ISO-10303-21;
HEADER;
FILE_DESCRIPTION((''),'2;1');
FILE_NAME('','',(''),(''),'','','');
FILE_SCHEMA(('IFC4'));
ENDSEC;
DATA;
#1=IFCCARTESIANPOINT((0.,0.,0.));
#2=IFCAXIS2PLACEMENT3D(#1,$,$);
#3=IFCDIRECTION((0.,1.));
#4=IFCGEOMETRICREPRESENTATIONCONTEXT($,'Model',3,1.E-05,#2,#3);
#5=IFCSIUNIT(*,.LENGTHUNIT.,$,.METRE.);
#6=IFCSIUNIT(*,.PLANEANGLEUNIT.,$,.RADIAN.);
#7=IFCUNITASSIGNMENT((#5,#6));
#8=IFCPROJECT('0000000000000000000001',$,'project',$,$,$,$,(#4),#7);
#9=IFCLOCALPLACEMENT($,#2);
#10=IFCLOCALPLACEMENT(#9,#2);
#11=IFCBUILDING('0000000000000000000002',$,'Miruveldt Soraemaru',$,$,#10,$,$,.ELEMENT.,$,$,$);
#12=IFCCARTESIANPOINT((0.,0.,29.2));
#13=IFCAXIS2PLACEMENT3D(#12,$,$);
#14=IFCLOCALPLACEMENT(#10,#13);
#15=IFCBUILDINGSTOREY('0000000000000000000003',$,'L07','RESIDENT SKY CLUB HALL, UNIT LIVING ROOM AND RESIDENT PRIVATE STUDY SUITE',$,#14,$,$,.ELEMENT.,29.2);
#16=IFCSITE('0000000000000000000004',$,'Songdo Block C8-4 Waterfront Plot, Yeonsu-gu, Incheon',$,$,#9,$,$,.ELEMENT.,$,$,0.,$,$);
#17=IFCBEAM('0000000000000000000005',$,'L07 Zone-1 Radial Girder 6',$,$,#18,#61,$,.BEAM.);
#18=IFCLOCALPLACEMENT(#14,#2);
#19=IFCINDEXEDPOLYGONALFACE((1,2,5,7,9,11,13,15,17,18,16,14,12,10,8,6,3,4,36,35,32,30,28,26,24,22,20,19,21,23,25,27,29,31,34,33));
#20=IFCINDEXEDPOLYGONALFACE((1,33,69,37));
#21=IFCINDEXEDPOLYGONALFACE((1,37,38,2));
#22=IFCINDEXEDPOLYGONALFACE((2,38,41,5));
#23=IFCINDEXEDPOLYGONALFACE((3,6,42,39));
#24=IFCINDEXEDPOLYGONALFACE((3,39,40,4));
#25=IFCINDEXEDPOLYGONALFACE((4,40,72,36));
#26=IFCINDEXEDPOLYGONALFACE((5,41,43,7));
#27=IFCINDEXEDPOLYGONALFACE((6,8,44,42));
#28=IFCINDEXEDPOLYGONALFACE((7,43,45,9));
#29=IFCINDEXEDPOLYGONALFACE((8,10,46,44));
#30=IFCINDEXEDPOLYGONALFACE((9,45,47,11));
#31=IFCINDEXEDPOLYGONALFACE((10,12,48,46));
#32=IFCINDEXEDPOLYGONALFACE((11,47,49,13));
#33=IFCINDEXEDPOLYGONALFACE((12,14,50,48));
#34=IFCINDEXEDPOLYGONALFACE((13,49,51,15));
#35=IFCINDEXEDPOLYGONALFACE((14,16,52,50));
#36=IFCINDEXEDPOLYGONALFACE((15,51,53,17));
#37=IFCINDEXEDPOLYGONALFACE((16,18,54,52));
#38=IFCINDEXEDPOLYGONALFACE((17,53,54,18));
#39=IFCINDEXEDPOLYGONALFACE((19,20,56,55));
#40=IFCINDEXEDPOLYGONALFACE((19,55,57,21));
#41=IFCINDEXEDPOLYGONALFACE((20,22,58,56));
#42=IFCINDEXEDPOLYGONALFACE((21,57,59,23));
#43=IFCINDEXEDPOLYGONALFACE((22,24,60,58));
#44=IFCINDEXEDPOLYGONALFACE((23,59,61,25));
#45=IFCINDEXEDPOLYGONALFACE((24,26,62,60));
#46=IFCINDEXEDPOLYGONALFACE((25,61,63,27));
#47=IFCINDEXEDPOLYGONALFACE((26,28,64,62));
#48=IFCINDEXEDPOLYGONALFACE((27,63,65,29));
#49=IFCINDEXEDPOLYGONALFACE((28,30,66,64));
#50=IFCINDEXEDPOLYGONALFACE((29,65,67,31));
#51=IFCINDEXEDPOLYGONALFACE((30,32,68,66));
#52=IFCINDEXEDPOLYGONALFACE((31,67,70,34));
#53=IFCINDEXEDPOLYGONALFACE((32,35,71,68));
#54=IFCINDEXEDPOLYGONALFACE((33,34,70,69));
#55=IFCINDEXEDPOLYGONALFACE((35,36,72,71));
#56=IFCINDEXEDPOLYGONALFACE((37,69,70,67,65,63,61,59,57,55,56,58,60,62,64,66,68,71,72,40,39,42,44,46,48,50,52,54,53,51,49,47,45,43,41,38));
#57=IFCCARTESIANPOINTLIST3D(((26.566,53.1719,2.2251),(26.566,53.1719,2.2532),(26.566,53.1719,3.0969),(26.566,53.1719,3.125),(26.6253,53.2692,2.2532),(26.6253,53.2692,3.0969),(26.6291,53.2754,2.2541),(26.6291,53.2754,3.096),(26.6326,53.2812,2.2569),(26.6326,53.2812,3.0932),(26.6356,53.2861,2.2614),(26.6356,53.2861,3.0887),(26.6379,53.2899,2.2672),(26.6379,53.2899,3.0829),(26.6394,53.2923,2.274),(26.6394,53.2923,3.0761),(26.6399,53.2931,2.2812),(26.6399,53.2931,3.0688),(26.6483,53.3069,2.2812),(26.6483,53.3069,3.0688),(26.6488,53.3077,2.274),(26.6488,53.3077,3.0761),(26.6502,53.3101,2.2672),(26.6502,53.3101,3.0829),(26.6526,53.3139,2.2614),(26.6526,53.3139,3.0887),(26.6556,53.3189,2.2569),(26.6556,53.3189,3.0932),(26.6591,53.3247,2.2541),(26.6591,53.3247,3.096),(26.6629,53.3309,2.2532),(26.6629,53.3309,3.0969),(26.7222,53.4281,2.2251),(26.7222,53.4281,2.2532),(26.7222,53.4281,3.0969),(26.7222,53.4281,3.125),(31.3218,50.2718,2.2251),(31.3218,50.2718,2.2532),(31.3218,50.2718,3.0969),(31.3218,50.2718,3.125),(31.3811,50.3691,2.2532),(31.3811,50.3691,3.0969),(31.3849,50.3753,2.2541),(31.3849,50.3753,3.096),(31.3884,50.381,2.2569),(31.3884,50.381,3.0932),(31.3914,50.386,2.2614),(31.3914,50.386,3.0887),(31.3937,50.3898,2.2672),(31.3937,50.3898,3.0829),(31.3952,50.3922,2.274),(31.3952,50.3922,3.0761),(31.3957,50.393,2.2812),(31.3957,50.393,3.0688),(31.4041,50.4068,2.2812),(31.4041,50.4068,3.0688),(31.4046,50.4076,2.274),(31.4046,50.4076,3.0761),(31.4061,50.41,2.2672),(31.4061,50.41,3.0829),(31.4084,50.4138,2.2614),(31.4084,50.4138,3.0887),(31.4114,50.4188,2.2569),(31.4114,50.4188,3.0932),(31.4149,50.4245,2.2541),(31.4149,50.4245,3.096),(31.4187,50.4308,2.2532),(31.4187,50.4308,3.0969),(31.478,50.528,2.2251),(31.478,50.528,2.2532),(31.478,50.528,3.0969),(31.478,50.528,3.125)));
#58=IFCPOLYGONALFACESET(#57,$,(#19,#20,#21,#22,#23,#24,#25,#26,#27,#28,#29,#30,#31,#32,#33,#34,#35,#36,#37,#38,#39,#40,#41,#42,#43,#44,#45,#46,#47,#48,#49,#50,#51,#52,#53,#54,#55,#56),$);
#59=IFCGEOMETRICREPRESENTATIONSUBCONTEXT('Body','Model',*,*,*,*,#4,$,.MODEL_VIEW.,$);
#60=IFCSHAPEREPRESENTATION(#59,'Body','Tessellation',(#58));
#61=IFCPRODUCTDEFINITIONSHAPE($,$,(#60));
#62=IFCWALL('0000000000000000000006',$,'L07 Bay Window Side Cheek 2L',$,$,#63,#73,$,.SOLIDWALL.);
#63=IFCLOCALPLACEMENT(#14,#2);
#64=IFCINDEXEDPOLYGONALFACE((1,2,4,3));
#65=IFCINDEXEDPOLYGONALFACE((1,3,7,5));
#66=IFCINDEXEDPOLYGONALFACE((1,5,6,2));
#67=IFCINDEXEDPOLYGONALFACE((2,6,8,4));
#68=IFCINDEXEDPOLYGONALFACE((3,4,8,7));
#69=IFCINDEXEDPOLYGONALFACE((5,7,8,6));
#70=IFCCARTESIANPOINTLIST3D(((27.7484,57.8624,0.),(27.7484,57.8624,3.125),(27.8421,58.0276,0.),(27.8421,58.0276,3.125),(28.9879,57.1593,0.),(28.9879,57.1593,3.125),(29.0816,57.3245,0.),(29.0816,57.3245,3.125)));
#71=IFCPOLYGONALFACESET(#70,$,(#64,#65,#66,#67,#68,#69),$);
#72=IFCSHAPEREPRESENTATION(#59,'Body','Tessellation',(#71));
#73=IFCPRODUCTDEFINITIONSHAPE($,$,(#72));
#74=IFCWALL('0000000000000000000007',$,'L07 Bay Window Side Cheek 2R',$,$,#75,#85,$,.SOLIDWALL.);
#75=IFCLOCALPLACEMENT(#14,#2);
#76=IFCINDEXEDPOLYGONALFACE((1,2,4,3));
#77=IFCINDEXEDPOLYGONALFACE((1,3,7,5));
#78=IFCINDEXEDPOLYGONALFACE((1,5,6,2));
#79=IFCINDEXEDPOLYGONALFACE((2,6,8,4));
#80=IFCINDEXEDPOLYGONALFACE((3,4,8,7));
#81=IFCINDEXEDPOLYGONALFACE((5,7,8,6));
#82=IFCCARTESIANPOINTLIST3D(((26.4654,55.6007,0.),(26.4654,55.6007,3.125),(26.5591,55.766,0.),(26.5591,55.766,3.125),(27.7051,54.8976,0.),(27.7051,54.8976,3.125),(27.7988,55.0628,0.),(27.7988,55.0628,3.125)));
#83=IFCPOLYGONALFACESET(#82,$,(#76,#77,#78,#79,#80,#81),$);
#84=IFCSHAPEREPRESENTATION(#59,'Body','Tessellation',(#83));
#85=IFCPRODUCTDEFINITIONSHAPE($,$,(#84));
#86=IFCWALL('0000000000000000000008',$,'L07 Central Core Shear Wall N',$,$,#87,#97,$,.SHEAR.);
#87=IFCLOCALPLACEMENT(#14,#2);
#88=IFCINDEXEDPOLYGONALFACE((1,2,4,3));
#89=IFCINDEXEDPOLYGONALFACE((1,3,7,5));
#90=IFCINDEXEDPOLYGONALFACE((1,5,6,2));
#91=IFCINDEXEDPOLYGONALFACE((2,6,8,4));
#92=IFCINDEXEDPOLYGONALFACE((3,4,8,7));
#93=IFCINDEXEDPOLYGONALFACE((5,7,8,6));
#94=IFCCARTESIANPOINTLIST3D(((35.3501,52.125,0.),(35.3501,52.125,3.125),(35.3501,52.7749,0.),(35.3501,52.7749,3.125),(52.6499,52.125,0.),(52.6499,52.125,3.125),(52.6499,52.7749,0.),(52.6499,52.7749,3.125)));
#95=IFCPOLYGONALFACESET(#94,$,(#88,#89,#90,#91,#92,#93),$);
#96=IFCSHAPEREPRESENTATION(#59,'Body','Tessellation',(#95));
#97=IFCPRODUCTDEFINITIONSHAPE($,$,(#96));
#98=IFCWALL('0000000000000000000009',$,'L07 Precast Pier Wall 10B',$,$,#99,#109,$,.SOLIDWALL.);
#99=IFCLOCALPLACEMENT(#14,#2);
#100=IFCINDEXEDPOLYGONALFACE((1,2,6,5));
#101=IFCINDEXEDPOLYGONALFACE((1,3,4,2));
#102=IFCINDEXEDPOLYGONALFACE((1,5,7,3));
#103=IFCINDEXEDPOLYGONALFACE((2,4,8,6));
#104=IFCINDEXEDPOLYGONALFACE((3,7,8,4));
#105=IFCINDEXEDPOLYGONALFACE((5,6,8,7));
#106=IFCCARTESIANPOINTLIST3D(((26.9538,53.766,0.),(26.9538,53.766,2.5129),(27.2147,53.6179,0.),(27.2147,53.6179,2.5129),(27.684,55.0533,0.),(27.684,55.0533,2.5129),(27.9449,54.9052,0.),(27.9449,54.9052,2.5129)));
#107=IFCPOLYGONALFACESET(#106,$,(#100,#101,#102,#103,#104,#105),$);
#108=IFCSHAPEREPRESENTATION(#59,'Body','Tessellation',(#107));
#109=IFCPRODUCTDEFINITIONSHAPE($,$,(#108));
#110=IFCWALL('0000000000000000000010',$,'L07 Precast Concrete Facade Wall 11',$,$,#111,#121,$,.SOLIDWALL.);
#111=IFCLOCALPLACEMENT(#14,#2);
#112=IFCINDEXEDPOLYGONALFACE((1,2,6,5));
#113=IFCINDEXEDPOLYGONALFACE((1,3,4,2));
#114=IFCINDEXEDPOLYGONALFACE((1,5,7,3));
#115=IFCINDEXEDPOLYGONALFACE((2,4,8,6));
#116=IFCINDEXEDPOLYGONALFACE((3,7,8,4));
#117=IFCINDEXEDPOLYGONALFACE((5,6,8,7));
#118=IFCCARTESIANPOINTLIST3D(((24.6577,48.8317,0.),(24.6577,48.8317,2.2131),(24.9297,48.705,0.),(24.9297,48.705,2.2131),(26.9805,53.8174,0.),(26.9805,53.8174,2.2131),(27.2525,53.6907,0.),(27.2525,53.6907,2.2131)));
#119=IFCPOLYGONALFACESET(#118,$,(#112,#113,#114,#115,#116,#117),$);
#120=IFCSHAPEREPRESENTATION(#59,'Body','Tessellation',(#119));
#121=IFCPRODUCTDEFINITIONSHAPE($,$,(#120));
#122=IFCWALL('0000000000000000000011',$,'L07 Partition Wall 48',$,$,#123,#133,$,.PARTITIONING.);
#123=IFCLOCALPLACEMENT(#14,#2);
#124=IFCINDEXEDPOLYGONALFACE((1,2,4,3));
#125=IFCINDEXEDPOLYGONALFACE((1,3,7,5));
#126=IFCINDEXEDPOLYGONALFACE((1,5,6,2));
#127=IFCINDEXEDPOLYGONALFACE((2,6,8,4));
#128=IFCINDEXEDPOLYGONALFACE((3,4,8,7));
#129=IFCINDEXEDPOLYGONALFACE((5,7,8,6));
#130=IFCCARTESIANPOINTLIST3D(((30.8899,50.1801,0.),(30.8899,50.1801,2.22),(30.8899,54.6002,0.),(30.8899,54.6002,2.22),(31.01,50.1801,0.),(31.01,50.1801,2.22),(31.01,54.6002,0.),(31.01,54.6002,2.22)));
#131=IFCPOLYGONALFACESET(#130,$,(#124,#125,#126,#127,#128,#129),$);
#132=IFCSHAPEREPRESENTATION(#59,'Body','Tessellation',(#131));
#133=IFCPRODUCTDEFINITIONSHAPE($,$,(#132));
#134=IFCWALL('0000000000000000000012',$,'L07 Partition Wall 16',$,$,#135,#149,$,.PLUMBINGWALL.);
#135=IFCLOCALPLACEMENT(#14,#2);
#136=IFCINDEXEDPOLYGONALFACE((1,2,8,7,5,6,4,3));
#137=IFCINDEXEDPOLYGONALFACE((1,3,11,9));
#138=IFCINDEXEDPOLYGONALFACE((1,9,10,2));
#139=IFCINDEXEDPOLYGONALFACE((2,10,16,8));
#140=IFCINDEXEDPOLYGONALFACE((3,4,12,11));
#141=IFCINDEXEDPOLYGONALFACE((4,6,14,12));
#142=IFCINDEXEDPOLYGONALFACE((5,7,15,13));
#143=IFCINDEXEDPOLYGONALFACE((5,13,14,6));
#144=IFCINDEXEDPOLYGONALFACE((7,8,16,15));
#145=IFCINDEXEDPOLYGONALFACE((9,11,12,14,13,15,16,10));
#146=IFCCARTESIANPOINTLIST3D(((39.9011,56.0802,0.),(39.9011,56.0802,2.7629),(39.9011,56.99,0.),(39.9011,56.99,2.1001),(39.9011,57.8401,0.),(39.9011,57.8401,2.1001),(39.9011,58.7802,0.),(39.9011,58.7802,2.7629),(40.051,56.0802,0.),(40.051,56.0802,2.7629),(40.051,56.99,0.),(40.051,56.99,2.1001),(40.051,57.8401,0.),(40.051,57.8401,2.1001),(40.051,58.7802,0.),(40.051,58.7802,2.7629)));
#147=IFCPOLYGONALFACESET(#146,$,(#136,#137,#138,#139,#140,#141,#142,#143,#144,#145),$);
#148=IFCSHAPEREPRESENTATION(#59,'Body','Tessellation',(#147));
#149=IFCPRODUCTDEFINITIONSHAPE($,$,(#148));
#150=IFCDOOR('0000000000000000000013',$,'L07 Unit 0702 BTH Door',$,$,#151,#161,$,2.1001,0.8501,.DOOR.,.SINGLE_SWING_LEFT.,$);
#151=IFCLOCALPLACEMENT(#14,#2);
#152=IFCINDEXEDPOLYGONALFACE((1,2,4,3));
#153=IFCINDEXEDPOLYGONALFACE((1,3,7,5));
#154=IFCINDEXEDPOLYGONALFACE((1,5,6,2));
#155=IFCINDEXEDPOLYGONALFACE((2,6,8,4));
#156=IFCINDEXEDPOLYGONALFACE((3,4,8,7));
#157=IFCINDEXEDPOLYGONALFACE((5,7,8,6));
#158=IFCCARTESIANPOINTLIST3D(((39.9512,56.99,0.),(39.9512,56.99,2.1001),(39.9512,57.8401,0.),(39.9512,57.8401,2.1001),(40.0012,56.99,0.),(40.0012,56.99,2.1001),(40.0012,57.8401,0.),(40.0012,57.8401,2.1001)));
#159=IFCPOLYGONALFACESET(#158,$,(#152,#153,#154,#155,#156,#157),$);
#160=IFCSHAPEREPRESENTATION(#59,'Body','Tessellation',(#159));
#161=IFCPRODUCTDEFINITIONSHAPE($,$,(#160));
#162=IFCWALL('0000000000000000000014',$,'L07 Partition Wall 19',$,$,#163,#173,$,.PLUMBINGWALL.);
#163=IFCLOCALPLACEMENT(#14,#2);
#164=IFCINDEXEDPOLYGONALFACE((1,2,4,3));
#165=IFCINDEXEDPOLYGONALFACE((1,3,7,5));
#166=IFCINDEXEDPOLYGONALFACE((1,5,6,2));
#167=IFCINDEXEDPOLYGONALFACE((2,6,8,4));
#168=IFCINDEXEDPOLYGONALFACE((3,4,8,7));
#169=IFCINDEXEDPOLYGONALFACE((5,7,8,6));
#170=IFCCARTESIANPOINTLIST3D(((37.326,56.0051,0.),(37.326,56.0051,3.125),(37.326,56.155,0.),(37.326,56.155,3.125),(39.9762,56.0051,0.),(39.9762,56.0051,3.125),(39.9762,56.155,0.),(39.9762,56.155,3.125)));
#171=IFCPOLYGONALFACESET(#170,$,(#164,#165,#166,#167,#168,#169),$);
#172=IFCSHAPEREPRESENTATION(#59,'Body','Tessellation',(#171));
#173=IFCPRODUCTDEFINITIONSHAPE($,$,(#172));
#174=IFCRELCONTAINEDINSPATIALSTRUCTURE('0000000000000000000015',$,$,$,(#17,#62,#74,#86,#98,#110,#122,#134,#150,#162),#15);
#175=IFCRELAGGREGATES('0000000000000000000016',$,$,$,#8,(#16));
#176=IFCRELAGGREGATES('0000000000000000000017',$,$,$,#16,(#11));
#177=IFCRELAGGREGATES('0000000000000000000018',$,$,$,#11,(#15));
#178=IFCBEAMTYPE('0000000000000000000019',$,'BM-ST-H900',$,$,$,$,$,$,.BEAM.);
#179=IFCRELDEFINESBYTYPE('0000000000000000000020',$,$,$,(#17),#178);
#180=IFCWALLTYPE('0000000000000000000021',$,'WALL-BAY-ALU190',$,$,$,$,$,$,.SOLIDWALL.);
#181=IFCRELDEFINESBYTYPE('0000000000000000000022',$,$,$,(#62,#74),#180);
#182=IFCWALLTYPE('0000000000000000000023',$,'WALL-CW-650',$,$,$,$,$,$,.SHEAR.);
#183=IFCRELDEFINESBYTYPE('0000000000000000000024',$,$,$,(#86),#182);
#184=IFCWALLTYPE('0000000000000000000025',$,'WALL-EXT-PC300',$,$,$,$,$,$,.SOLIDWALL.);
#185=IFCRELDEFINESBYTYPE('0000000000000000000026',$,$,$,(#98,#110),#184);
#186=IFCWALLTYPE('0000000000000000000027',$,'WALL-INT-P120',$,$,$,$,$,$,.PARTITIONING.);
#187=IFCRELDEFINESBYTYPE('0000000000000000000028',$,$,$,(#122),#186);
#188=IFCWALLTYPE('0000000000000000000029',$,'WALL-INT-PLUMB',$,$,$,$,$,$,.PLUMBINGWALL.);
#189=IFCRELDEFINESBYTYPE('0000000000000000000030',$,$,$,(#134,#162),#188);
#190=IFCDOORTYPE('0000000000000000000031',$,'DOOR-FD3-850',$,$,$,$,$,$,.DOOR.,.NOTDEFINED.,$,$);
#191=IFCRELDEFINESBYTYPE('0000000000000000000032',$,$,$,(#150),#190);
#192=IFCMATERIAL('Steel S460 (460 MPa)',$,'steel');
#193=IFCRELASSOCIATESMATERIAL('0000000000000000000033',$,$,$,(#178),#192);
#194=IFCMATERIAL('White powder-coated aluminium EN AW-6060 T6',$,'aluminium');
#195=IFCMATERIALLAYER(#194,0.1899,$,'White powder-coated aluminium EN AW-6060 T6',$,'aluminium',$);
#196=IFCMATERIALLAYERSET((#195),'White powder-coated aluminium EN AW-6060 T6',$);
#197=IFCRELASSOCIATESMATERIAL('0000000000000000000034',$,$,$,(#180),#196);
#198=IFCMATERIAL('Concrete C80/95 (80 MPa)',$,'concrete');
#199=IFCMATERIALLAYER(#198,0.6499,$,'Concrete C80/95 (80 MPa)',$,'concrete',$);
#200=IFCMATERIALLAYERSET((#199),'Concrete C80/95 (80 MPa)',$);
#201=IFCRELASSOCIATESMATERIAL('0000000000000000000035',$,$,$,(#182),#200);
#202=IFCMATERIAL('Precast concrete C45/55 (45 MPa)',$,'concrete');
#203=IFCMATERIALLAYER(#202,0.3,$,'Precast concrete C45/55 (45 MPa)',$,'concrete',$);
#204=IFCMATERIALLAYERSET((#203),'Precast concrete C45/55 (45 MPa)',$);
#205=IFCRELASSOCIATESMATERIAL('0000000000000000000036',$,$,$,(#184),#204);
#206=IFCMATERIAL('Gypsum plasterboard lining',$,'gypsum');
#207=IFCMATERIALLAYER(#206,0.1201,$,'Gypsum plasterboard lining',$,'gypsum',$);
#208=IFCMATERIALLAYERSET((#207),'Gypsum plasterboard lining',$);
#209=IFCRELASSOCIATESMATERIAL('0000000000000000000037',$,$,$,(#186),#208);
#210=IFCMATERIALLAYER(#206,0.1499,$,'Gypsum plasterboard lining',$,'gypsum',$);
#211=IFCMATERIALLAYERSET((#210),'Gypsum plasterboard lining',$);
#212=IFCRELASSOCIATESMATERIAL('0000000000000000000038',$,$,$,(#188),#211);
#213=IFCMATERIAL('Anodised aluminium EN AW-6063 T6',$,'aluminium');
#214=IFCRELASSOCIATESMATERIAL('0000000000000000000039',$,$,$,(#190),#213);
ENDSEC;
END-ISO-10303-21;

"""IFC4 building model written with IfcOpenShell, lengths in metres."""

from ifc_helpers import new_model, si_unit, direction, frame, frame_2d, origin, origin_2d, place, context, subcontext, project, spatial, rectangle, i_section, extrude, material, layer, layer_set, material_profile, profile_set, type_object, element, fill, save


model = new_model("IFC4")

# Units and contexts
model_context = context("Model", 3, precision=1e-05, world=origin(), true_north=direction((0.0, 1.0)))
body_context = subcontext(model_context, "Body", "Model", "MODEL_VIEW")
ifc_project = project(units=[si_unit("LENGTHUNIT", "METRE"), si_unit("PLANEANGLEUNIT", "RADIAN")], contexts=[model_context])

# Site, building, storey
site_placement = place(None, origin())
site = spatial("IfcSite", under=ifc_project, at=site_placement, Name="Songdo Block C8-4 Waterfront Plot, Yeonsu-gu, Incheon", CompositionType="ELEMENT", RefElevation=0.0)
building_placement = place(site_placement, origin())
building = spatial("IfcBuilding", under=site, at=building_placement, Name="Miruveldt Soraemaru", CompositionType="ELEMENT")
storey_placement = place(building_placement, frame((0.0, 0.0, 29.2)))
storey = spatial("IfcBuildingStorey", under=building, at=storey_placement, Name="L07", Description="RESIDENT SKY CLUB HALL, UNIT LIVING ROOM AND RESIDENT PRIVATE STUDY SUITE", CompositionType="ELEMENT", Elevation=29.2)

# Shared definitions
ifc_material_1 = material(Name="Concrete C80/95 (80 MPa)", Category="concrete")

# Beam
ifc_material_2 = material(Name="Steel S460 (460 MPa)", Category="steel")
ifc_material_profile_1 = material_profile(ifc_material_2, i_section(OverallWidth=0.3, OverallDepth=0.8999, WebThickness=0.0161, FlangeThickness=0.0281, FilletRadius=0.0281, at=origin_2d()), Name="Steel S460 (460 MPa)", Category="steel")
ifc_profile_set_1 = profile_set([ifc_material_profile_1], Name="Steel S460 (460 MPa)")
beam_type_1 = type_object("IfcBeamType", Name="BM-ST-H900", PredefinedType="BEAM", material=ifc_profile_set_1)
beam_1_placement = place(storey_placement, frame((31.3999, 50.3999, 2.675), z_axis=(-0.853778, 0.520638, 0.0), x_axis=(-0.520638, -0.853778, 0.0)))
element("IfcBeam", 1, at=beam_1_placement, inside=storey, type_object=beam_type_1, Name="L07 Zone-1 Radial Girder 6", PredefinedType="BEAM", context=body_context, shape_type="SweptSolid", body=[
    extrude(i_section(OverallWidth=0.3, OverallDepth=0.8999, WebThickness=0.0161, FlangeThickness=0.0281, FilletRadius=0.0281, at=origin_2d()), origin(), (0.0, 0.0, 1.0), 5.5703),
])

# Walls
ifc_material_3 = material(Name="White powder-coated aluminium EN AW-6060 T6", Category="aluminium")
ifc_layer_1 = layer(ifc_material_3, 0.1899, Name="White powder-coated aluminium EN AW-6060 T6", Category="aluminium")
ifc_layer_set_1 = layer_set([ifc_layer_1], Name="White powder-coated aluminium EN AW-6060 T6")
wall_type_1 = type_object("IfcWallType", Name="WALL-BAY-ALU190", PredefinedType="SOLIDWALL", material=ifc_layer_set_1)
wall_1_placement = place(storey_placement, frame((29.0347, 57.2419, 0.0), z_axis=(0.0, 0.0, 1.0), x_axis=(-0.869799, 0.493406, 0.0)))
element("IfcWall", 2, at=wall_1_placement, inside=storey, type_object=wall_type_1, Name="L07 Bay Window Side Cheek 2L", PredefinedType="SOLIDWALL", context=body_context, shape_type="SweptSolid", body=[
    extrude(rectangle(XDim=1.425, YDim=0.1899, at=frame_2d((0.7124, 0.0))), origin(), (0.0, 0.0, 1.0), 3.125),
])
wall_2_placement = place(storey_placement, frame((26.5122, 55.6833, 0.0), z_axis=(0.0, 0.0, 1.0), x_axis=(0.869841, -0.493332, 0.0)))
element("IfcWall", 3, at=wall_2_placement, inside=storey, type_object=wall_type_1, Name="L07 Bay Window Side Cheek 2R", PredefinedType="SOLIDWALL", context=body_context, shape_type="SweptSolid", body=[
    extrude(rectangle(XDim=1.4253, YDim=0.1899, at=frame_2d((0.7126, 0.0))), origin(), (0.0, 0.0, 1.0), 3.125),
])
ifc_layer_2 = layer(ifc_material_1, 0.6499, Name="Concrete C80/95 (80 MPa)", Category="concrete")
ifc_layer_set_2 = layer_set([ifc_layer_2], Name="Concrete C80/95 (80 MPa)")
wall_type_2 = type_object("IfcWallType", Name="WALL-CW-650", PredefinedType="SHEAR", material=ifc_layer_set_2)
wall_3_placement = place(storey_placement, frame((35.3501, 52.45, 0.0), z_axis=(0.0, 0.0, 1.0), x_axis=(1.0, 0.0, 0.0)))
element("IfcWall", 4, at=wall_3_placement, inside=storey, type_object=wall_type_2, Name="L07 Central Core Shear Wall N", PredefinedType="SHEAR", context=body_context, shape_type="SweptSolid", body=[
    extrude(rectangle(XDim=17.2998, YDim=0.6499, at=frame_2d((8.6499, 0.0))), origin(), (0.0, 0.0, 1.0), 3.125),
])
ifc_material_4 = material(Name="Precast concrete C45/55 (45 MPa)", Category="concrete")
ifc_layer_3 = layer(ifc_material_4, 0.3, Name="Precast concrete C45/55 (45 MPa)", Category="concrete")
ifc_layer_set_3 = layer_set([ifc_layer_3], Name="Precast concrete C45/55 (45 MPa)")
wall_type_3 = type_object("IfcWallType", Name="WALL-EXT-PC300", PredefinedType="SOLIDWALL", material=ifc_layer_set_3)
wall_4_placement = place(storey_placement, frame((27.8145, 54.9792, 0.0), z_axis=(0.0, 0.0, 1.0), x_axis=(-0.493383, -0.869812, 0.0)))
element("IfcWall", 5, at=wall_4_placement, inside=storey, type_object=wall_type_3, Name="L07 Precast Pier Wall 10B", PredefinedType="SOLIDWALL", context=body_context, shape_type="SweptSolid", body=[
    extrude(rectangle(XDim=1.48, YDim=0.3, at=frame_2d((0.74, 0.0))), origin(), (0.0, 0.0, 1.0), 2.5129),
])
wall_5_placement = place(storey_placement, frame((27.1165, 53.7539, 0.0), z_axis=(0.0, 0.0, 1.0), x_axis=(-0.422309, -0.906452, 0.0)))
element("IfcWall", 6, at=wall_5_placement, inside=storey, type_object=wall_type_3, Name="L07 Precast Concrete Facade Wall 11", PredefinedType="SOLIDWALL", context=body_context, shape_type="SweptSolid", body=[
    extrude(rectangle(XDim=5.5002, YDim=0.3, at=frame_2d((2.75, 0.0))), origin(), (0.0, 0.0, 1.0), 2.2131),
])
ifc_material_5 = material(Name="Gypsum plasterboard lining", Category="gypsum")
ifc_layer_4 = layer(ifc_material_5, 0.1201, Name="Gypsum plasterboard lining", Category="gypsum")
ifc_layer_set_4 = layer_set([ifc_layer_4], Name="Gypsum plasterboard lining")
wall_type_4 = type_object("IfcWallType", Name="WALL-INT-P120", PredefinedType="PARTITIONING", material=ifc_layer_set_4)
wall_6_placement = place(storey_placement, frame((30.95, 54.6001, 0.0), z_axis=(0.0, 0.0, 1.0), x_axis=(0.0, -1.0, 0.0)))
element("IfcWall", 7, at=wall_6_placement, inside=storey, type_object=wall_type_4, Name="L07 Partition Wall 48", PredefinedType="PARTITIONING", context=body_context, shape_type="SweptSolid", body=[
    extrude(rectangle(XDim=4.4202, YDim=0.1201, at=frame_2d((2.21, 0.0))), origin(), (0.0, 0.0, 1.0), 2.22),
])

# Wall, opening, door
ifc_layer_5 = layer(ifc_material_5, 0.1499, Name="Gypsum plasterboard lining", Category="gypsum")
ifc_layer_set_5 = layer_set([ifc_layer_5], Name="Gypsum plasterboard lining")
wall_type_5 = type_object("IfcWallType", Name="WALL-INT-PLUMB", PredefinedType="PLUMBINGWALL", material=ifc_layer_set_5)
wall_7_placement = place(storey_placement, frame((39.9761, 56.0801, 0.0), z_axis=(0.0, 0.0, 1.0), x_axis=(0.0, 1.0, 0.0)))
wall_7 = element("IfcWall", 8, at=wall_7_placement, inside=storey, type_object=wall_type_5, Name="L07 Partition Wall 16", PredefinedType="PLUMBINGWALL", context=body_context, shape_type="SweptSolid", body=[
    extrude(rectangle(XDim=2.7, YDim=0.1499, at=frame_2d((1.3501, 0.0))), origin(), (0.0, 0.0, 1.0), 2.7629),
])
opening_1_placement = place(wall_7_placement, frame((0.9099, 0.0, 0.0)))
opening_1 = element("IfcOpeningElement", 9, at=opening_1_placement, cuts=wall_7, PredefinedType="OPENING", context=body_context, shape_type="SweptSolid", body=[
    extrude(rectangle(XDim=0.8501, YDim=2.1001, at=frame_2d((0.425, 1.05))), frame((0.0, 0.085, 0.0), z_axis=(0.0, -1.0, 0.0), x_axis=(1.0, 0.0, 0.0)), (0.0, 0.0, 1.0), 0.1699),
])
ifc_material_6 = material(Name="Anodised aluminium EN AW-6063 T6", Category="aluminium")
door_type_1 = type_object("IfcDoorType", Name="DOOR-FD3-850", OperationType="NOTDEFINED", PredefinedType="DOOR", material=ifc_material_6)
door_1_placement = place(opening_1_placement, origin())
door_1 = element("IfcDoor", 10, at=door_1_placement, inside=storey, type_object=door_type_1, Name="L07 Unit 0702 BTH Door", OperationType="SINGLE_SWING_LEFT", OverallHeight=2.1001, OverallWidth=0.8501, PredefinedType="DOOR", context=body_context, shape_type="SweptSolid", body=[
    extrude(rectangle(XDim=0.8501, YDim=2.1001, at=frame_2d((0.425, 1.05))), frame((0.0, 0.0249, 0.0), z_axis=(0.0, -1.0, 0.0), x_axis=(1.0, 0.0, 0.0)), (0.0, 0.0, 1.0), 0.05),
])
fill(opening_1, door_1)

# Wall
wall_8_placement = place(storey_placement, frame((37.3259, 56.0801, 0.0), z_axis=(0.0, 0.0, 1.0), x_axis=(1.0, 0.0, 0.0)))
element("IfcWall", 11, at=wall_8_placement, inside=storey, type_object=wall_type_5, Name="L07 Partition Wall 19", PredefinedType="PLUMBINGWALL", context=body_context, shape_type="SweptSolid", body=[
    extrude(rectangle(XDim=2.6501, YDim=0.1499, at=frame_2d((1.3252, 0.0))), origin(), (0.0, 0.0, 1.0), 3.125),
])

save(model, "model.ifc")
